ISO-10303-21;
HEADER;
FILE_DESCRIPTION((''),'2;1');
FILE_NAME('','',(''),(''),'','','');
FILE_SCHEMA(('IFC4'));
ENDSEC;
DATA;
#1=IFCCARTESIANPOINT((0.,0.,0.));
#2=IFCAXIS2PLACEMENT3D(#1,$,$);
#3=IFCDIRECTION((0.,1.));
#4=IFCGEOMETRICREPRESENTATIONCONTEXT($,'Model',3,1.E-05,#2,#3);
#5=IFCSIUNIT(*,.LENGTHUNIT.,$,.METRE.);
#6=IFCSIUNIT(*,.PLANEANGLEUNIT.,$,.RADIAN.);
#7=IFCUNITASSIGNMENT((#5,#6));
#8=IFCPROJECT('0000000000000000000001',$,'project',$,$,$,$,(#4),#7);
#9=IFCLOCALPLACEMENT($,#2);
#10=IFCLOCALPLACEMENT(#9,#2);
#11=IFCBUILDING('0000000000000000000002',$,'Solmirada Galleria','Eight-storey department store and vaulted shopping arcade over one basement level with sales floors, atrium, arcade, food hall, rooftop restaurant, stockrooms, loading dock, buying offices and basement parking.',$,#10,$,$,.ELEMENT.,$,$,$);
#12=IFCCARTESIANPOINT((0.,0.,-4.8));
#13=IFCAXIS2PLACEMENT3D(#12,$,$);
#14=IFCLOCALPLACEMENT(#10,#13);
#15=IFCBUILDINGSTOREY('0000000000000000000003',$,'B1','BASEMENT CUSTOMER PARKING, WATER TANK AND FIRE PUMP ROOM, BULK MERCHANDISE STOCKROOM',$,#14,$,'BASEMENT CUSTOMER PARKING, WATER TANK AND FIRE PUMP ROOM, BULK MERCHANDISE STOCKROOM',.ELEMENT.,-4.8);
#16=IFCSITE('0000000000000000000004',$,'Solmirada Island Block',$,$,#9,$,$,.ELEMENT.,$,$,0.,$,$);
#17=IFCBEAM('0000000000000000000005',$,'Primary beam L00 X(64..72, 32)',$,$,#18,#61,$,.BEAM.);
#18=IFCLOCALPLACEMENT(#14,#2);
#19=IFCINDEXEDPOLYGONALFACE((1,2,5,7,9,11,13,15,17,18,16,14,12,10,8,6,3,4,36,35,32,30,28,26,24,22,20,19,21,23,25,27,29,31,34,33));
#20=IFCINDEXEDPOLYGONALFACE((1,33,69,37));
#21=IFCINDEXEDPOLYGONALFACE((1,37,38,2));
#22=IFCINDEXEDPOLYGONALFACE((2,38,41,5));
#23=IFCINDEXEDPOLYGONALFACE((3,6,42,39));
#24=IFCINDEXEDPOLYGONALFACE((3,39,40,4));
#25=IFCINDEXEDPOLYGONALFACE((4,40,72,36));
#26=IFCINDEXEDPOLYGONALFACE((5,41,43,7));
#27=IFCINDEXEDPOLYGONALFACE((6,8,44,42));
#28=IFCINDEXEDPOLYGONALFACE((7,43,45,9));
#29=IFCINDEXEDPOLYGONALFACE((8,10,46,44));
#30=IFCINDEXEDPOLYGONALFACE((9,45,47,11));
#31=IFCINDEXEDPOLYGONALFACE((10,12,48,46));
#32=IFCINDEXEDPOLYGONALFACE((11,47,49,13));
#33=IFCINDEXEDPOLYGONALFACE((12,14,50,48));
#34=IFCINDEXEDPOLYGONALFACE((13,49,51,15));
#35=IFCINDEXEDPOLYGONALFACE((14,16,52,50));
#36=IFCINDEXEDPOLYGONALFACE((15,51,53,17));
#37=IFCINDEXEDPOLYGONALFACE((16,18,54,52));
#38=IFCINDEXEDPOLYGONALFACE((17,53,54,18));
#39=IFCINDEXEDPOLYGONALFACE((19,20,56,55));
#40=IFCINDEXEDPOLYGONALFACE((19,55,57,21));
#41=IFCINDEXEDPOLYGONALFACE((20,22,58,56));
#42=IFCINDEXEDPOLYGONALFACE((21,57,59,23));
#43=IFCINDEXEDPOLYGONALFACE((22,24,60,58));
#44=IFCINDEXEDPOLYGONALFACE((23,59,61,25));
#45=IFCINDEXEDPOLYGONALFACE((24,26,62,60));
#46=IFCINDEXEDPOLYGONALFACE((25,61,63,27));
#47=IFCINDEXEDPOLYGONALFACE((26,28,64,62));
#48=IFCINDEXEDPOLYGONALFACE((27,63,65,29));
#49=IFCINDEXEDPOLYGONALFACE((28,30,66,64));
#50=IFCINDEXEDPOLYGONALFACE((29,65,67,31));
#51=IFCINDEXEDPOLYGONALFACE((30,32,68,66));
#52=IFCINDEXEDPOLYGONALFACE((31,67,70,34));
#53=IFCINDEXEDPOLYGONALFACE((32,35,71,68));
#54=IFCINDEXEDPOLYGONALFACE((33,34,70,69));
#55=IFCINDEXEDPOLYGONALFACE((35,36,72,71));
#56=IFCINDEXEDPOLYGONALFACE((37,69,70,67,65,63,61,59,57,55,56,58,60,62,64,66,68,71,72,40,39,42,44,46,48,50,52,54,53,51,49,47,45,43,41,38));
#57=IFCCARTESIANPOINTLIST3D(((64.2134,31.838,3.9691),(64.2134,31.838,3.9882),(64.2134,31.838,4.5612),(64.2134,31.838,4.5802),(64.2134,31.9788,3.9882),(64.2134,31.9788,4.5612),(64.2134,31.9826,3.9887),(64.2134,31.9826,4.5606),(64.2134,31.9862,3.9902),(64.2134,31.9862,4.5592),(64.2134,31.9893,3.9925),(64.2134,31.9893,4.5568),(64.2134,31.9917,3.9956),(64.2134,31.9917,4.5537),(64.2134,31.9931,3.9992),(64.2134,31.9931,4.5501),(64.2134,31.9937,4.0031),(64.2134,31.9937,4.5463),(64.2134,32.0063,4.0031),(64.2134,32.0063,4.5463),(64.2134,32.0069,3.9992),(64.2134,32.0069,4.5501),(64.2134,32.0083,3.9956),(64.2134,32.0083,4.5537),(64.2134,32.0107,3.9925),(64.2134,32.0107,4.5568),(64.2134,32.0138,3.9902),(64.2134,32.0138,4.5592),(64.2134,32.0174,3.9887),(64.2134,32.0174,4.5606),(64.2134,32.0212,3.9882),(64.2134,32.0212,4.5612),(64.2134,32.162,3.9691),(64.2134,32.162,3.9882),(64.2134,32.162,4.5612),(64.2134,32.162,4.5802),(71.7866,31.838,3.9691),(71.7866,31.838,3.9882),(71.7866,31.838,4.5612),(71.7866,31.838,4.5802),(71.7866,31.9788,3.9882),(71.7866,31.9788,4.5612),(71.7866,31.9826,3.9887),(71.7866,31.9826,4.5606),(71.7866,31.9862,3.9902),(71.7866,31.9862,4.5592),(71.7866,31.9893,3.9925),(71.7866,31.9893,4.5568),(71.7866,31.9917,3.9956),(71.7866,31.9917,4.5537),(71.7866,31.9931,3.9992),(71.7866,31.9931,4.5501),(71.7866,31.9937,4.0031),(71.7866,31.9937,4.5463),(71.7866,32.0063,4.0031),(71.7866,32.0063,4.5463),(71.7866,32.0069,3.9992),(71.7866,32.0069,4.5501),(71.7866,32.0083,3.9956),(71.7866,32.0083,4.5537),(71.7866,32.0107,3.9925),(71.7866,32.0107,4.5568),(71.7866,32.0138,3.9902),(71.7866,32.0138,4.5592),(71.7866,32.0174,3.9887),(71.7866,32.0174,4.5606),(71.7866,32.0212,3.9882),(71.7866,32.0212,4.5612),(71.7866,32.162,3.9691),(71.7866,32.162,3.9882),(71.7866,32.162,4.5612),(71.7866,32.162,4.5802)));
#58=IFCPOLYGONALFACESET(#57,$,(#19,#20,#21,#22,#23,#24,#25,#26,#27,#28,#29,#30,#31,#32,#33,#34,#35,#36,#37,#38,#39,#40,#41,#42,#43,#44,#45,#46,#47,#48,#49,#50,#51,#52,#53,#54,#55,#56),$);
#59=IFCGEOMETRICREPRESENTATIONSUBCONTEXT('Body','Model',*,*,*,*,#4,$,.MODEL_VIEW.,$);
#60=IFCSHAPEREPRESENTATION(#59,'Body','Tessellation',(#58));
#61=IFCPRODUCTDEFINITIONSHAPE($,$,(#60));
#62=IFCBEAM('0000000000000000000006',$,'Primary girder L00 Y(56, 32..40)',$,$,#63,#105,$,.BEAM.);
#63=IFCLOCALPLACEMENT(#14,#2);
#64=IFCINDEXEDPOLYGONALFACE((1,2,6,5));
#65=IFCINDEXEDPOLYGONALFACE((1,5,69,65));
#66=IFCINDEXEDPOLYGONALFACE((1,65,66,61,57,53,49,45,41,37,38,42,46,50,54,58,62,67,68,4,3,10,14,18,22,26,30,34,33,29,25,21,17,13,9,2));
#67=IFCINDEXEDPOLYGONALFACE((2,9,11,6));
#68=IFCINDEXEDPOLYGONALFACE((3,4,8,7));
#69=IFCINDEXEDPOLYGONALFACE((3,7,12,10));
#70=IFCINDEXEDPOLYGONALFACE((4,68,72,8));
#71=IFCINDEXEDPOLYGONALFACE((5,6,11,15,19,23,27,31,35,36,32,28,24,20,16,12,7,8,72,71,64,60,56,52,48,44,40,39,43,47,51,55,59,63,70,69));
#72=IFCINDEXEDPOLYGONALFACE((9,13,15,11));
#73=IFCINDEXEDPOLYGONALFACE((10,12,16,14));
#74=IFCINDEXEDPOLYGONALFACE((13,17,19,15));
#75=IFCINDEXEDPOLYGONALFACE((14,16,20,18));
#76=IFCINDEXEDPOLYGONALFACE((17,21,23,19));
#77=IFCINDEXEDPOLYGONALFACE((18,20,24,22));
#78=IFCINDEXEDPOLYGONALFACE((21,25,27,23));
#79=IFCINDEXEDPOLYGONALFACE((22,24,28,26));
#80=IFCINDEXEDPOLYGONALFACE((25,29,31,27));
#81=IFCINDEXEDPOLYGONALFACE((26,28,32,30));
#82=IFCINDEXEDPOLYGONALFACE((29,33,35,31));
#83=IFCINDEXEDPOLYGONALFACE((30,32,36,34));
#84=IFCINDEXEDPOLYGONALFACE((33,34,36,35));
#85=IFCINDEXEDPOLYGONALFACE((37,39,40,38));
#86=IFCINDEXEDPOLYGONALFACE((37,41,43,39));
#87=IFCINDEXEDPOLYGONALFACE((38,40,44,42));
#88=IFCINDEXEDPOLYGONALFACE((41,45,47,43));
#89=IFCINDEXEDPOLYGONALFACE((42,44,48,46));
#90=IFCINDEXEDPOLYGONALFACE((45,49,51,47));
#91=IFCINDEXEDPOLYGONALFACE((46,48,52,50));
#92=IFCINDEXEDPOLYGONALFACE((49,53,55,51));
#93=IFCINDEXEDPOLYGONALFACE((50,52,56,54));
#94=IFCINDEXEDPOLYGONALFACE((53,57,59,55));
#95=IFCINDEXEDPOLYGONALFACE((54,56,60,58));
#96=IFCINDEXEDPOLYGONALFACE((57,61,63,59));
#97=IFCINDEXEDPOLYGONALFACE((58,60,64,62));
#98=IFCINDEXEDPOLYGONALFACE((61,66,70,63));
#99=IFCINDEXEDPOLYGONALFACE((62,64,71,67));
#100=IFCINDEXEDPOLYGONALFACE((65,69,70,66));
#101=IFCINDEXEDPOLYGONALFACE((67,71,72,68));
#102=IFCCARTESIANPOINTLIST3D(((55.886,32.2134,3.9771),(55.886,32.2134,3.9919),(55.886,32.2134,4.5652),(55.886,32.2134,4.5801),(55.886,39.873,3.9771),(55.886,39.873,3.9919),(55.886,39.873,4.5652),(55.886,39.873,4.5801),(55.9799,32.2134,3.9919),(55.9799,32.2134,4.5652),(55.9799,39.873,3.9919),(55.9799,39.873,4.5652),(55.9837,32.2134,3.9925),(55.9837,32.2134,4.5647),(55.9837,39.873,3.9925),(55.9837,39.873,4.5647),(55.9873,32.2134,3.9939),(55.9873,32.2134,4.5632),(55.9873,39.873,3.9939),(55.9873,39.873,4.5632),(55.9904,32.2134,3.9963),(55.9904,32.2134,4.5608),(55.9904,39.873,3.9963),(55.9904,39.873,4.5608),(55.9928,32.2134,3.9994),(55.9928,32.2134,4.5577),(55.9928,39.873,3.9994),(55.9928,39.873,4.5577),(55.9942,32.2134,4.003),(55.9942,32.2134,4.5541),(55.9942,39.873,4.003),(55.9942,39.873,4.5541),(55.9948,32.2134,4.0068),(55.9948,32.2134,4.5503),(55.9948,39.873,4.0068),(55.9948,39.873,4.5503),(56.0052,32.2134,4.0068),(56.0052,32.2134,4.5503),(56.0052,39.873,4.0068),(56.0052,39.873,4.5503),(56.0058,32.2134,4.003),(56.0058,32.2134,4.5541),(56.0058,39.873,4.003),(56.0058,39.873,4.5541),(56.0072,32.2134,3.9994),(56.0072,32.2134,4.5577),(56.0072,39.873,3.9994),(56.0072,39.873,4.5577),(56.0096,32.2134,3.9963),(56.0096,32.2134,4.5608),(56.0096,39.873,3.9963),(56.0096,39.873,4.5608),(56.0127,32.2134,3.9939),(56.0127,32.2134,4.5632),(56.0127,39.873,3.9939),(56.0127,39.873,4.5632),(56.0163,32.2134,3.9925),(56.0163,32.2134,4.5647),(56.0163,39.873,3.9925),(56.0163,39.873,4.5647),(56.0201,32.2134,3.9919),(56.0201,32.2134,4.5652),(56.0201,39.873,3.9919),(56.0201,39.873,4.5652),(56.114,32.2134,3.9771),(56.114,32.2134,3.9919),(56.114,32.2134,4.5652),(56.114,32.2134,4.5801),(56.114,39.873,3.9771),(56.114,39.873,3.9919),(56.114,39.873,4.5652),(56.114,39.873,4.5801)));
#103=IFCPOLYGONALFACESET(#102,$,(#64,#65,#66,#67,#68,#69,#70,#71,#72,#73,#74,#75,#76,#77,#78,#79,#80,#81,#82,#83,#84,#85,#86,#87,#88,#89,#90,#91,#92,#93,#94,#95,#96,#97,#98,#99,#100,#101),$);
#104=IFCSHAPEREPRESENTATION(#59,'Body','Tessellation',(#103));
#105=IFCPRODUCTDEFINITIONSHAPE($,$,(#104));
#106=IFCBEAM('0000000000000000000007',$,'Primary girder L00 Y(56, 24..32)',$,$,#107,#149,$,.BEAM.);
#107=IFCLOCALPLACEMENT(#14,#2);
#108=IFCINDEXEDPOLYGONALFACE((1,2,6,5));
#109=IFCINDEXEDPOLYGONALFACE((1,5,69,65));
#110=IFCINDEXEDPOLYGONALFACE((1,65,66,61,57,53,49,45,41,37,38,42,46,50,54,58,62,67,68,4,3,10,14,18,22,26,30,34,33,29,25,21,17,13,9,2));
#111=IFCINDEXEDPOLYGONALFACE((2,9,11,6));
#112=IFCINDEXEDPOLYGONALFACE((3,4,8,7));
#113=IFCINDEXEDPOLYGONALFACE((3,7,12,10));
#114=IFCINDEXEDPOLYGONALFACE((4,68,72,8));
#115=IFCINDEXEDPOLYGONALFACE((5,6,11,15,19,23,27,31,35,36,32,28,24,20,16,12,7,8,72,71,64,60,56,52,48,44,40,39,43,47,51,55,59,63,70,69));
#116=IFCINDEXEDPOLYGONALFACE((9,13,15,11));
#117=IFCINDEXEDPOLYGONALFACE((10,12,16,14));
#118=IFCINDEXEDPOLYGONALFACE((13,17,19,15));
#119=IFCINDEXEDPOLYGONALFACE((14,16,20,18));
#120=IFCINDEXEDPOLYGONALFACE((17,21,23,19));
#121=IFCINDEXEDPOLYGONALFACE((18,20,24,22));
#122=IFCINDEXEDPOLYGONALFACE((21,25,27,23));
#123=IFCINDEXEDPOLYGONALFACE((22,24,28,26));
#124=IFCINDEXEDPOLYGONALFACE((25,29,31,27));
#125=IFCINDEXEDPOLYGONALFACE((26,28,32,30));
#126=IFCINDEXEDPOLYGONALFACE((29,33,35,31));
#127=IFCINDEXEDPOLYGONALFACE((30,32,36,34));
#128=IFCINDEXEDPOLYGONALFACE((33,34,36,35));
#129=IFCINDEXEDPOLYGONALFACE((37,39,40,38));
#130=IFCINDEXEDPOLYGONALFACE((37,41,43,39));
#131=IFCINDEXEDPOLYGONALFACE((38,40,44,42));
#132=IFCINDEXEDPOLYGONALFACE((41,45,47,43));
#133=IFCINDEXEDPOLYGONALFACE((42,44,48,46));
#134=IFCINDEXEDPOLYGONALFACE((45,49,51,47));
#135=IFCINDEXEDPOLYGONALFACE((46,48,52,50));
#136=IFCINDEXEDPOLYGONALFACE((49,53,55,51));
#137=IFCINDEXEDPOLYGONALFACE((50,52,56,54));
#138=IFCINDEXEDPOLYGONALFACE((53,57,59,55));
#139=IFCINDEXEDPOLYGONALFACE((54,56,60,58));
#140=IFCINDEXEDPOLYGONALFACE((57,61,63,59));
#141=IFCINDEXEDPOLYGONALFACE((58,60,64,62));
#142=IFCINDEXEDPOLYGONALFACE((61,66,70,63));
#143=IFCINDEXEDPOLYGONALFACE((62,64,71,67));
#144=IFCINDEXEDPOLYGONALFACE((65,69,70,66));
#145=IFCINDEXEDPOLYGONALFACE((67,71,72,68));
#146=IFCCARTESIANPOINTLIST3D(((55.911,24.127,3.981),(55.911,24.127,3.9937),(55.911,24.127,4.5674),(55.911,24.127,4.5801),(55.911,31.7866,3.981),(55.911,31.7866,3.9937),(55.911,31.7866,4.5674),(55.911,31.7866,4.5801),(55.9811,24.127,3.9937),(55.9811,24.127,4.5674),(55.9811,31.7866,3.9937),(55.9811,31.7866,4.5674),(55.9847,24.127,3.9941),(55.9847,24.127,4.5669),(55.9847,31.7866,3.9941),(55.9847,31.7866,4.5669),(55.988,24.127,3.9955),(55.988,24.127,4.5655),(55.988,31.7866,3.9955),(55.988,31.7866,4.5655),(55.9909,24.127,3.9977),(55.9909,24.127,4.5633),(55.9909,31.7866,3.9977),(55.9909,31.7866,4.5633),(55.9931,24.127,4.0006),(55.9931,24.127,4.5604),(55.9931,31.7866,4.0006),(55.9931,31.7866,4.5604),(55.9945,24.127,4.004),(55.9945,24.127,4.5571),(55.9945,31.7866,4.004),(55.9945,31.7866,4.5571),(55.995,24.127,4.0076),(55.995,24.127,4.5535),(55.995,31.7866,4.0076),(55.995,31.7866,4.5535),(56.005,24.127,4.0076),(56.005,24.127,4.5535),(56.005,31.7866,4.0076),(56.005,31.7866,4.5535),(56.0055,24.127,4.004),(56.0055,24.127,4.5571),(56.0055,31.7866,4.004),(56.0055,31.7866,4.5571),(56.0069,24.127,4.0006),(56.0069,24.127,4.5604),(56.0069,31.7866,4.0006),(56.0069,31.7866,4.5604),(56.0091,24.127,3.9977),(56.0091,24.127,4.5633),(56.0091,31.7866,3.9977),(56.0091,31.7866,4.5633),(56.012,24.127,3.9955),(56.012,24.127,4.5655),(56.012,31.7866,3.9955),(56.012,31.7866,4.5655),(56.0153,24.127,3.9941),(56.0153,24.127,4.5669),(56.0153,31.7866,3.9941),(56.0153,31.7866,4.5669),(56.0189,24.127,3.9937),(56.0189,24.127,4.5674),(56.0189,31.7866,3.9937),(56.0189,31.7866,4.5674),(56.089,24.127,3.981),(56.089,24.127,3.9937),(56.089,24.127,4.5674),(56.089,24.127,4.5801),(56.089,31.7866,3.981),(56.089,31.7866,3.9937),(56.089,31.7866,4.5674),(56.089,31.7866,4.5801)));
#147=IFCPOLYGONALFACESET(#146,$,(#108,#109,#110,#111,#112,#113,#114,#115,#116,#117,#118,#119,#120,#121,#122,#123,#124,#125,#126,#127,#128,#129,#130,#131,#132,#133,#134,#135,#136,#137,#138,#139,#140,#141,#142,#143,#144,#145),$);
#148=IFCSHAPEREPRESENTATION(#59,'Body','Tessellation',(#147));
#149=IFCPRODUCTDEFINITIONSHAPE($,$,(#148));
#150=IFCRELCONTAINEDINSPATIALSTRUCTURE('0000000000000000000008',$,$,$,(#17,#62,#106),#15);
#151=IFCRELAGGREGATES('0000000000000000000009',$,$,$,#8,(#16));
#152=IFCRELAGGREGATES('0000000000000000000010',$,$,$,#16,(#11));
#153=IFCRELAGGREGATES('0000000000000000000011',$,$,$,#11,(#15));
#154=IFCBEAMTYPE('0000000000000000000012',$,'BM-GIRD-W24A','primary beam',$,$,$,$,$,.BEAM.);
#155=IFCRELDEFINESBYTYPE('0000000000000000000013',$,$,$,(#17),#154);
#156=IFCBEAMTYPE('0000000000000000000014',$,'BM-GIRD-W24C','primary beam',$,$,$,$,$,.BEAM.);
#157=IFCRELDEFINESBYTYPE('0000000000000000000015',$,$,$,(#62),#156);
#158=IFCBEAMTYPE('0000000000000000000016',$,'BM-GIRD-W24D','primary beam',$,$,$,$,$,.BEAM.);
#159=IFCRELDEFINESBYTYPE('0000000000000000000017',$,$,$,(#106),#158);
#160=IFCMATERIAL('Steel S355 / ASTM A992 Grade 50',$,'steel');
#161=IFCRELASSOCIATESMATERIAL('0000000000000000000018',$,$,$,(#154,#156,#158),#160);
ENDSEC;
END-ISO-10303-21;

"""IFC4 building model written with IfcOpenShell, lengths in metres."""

from ifc_helpers import new_model, si_unit, direction, frame, origin, origin_2d, place, context, subcontext, project, spatial, i_section, extrude, material, material_profile, profile_set, type_object, element, save


model = new_model("IFC4")

# Units and contexts
model_context = context("Model", 3, precision=1e-05, world=origin(), true_north=direction((0.0, 1.0)))
body_context = subcontext(model_context, "Body", "Model", "MODEL_VIEW")
ifc_project = project(units=[si_unit("LENGTHUNIT", "METRE"), si_unit("PLANEANGLEUNIT", "RADIAN")], contexts=[model_context])

# Site, building, storey
site_placement = place(None, origin())
site = spatial("IfcSite", under=ifc_project, at=site_placement, Name="Solmirada Island Block", CompositionType="ELEMENT", RefElevation=0.0)
building_placement = place(site_placement, origin())
building = spatial("IfcBuilding", under=site, at=building_placement, Name="Solmirada Galleria", Description="Eight-storey department store and vaulted shopping arcade over one basement level with sales floors, atrium, arcade, food hall, rooftop restaurant, stockrooms, loading dock, buying offices and basement parking.", CompositionType="ELEMENT")
storey_placement = place(building_placement, frame((0.0, 0.0, -4.8)))
storey = spatial("IfcBuildingStorey", under=building, at=storey_placement, Name="B1", Description="BASEMENT CUSTOMER PARKING, WATER TANK AND FIRE PUMP ROOM, BULK MERCHANDISE STOCKROOM", LongName="BASEMENT CUSTOMER PARKING, WATER TANK AND FIRE PUMP ROOM, BULK MERCHANDISE STOCKROOM", CompositionType="ELEMENT", Elevation=-4.8)

# Beams
ifc_material_1 = material(Name="Steel S355 / ASTM A992 Grade 50", Category="steel")
ifc_material_profile_1 = material_profile(ifc_material_1, i_section(OverallWidth=0.324, OverallDepth=0.6111, WebThickness=0.0127, FlangeThickness=0.019, FilletRadius=0.0149, at=origin_2d()), Name="W24X104")
ifc_profile_set_1 = profile_set([ifc_material_profile_1], Name="Steel S355 / ASTM A992 Grade 50")
beam_type_1 = type_object("IfcBeamType", Name="BM-GIRD-W24A", Description="primary beam", PredefinedType="BEAM", material=ifc_profile_set_1)
for number, where, z_axis, x_axis, name in (
    (1, (64.2134, 32.0, 4.2747), (1.0, 0.0, 0.0), (0.0, 1.0, 0.0), "Primary beam L00 X(64..72, 32)"),
):
    element("IfcBeam", number, at=place(storey_placement, frame(where, z_axis=z_axis, x_axis=x_axis)), inside=storey, type_object=beam_type_1, Name=name, PredefinedType="BEAM", context=body_context, shape_type="SweptSolid", body=[
        extrude(i_section(OverallWidth=0.324, OverallDepth=0.6111, WebThickness=0.0127, FlangeThickness=0.019, FilletRadius=0.0149, at=origin_2d()), origin(), (0.0, 0.0, 1.0), 7.5732),
    ])
ifc_material_profile_2 = material_profile(ifc_material_1, i_section(OverallWidth=0.228, OverallDepth=0.603, WebThickness=0.0105, FlangeThickness=0.0149, FilletRadius=0.0149, at=origin_2d()), Name="W24X68")
ifc_profile_set_2 = profile_set([ifc_material_profile_2], Name="Steel S355 / ASTM A992 Grade 50")
beam_type_2 = type_object("IfcBeamType", Name="BM-GIRD-W24C", Description="primary beam", PredefinedType="BEAM", material=ifc_profile_set_2)
beam_1_placement = place(storey_placement, frame((56.0, 32.2134, 4.2786), z_axis=(0.0, 1.0, 0.0), x_axis=(-1.0, 0.0, 0.0)))
element("IfcBeam", 2, at=beam_1_placement, inside=storey, type_object=beam_type_2, Name="Primary girder L00 Y(56, 32..40)", PredefinedType="BEAM", context=body_context, shape_type="SweptSolid", body=[
    extrude(i_section(OverallWidth=0.228, OverallDepth=0.603, WebThickness=0.0105, FlangeThickness=0.0149, FilletRadius=0.0149, at=origin_2d()), origin(), (0.0, 0.0, 1.0), 7.6597),
])
ifc_material_profile_3 = material_profile(ifc_material_1, i_section(OverallWidth=0.178, OverallDepth=0.5991, WebThickness=0.01, FlangeThickness=0.0127, FilletRadius=0.0139, at=origin_2d()), Name="W24X55")
ifc_profile_set_3 = profile_set([ifc_material_profile_3], Name="Steel S355 / ASTM A992 Grade 50")
beam_type_3 = type_object("IfcBeamType", Name="BM-GIRD-W24D", Description="primary beam", PredefinedType="BEAM", material=ifc_profile_set_3)
beam_2_placement = place(storey_placement, frame((56.0, 24.127, 4.2805), z_axis=(0.0, 1.0, 0.0), x_axis=(-1.0, 0.0, 0.0)))
element("IfcBeam", 3, at=beam_2_placement, inside=storey, type_object=beam_type_3, Name="Primary girder L00 Y(56, 24..32)", PredefinedType="BEAM", context=body_context, shape_type="SweptSolid", body=[
    extrude(i_section(OverallWidth=0.178, OverallDepth=0.5991, WebThickness=0.01, FlangeThickness=0.0127, FilletRadius=0.0139, at=origin_2d()), origin(), (0.0, 0.0, 1.0), 7.6597),
])

save(model, "model.ifc")
